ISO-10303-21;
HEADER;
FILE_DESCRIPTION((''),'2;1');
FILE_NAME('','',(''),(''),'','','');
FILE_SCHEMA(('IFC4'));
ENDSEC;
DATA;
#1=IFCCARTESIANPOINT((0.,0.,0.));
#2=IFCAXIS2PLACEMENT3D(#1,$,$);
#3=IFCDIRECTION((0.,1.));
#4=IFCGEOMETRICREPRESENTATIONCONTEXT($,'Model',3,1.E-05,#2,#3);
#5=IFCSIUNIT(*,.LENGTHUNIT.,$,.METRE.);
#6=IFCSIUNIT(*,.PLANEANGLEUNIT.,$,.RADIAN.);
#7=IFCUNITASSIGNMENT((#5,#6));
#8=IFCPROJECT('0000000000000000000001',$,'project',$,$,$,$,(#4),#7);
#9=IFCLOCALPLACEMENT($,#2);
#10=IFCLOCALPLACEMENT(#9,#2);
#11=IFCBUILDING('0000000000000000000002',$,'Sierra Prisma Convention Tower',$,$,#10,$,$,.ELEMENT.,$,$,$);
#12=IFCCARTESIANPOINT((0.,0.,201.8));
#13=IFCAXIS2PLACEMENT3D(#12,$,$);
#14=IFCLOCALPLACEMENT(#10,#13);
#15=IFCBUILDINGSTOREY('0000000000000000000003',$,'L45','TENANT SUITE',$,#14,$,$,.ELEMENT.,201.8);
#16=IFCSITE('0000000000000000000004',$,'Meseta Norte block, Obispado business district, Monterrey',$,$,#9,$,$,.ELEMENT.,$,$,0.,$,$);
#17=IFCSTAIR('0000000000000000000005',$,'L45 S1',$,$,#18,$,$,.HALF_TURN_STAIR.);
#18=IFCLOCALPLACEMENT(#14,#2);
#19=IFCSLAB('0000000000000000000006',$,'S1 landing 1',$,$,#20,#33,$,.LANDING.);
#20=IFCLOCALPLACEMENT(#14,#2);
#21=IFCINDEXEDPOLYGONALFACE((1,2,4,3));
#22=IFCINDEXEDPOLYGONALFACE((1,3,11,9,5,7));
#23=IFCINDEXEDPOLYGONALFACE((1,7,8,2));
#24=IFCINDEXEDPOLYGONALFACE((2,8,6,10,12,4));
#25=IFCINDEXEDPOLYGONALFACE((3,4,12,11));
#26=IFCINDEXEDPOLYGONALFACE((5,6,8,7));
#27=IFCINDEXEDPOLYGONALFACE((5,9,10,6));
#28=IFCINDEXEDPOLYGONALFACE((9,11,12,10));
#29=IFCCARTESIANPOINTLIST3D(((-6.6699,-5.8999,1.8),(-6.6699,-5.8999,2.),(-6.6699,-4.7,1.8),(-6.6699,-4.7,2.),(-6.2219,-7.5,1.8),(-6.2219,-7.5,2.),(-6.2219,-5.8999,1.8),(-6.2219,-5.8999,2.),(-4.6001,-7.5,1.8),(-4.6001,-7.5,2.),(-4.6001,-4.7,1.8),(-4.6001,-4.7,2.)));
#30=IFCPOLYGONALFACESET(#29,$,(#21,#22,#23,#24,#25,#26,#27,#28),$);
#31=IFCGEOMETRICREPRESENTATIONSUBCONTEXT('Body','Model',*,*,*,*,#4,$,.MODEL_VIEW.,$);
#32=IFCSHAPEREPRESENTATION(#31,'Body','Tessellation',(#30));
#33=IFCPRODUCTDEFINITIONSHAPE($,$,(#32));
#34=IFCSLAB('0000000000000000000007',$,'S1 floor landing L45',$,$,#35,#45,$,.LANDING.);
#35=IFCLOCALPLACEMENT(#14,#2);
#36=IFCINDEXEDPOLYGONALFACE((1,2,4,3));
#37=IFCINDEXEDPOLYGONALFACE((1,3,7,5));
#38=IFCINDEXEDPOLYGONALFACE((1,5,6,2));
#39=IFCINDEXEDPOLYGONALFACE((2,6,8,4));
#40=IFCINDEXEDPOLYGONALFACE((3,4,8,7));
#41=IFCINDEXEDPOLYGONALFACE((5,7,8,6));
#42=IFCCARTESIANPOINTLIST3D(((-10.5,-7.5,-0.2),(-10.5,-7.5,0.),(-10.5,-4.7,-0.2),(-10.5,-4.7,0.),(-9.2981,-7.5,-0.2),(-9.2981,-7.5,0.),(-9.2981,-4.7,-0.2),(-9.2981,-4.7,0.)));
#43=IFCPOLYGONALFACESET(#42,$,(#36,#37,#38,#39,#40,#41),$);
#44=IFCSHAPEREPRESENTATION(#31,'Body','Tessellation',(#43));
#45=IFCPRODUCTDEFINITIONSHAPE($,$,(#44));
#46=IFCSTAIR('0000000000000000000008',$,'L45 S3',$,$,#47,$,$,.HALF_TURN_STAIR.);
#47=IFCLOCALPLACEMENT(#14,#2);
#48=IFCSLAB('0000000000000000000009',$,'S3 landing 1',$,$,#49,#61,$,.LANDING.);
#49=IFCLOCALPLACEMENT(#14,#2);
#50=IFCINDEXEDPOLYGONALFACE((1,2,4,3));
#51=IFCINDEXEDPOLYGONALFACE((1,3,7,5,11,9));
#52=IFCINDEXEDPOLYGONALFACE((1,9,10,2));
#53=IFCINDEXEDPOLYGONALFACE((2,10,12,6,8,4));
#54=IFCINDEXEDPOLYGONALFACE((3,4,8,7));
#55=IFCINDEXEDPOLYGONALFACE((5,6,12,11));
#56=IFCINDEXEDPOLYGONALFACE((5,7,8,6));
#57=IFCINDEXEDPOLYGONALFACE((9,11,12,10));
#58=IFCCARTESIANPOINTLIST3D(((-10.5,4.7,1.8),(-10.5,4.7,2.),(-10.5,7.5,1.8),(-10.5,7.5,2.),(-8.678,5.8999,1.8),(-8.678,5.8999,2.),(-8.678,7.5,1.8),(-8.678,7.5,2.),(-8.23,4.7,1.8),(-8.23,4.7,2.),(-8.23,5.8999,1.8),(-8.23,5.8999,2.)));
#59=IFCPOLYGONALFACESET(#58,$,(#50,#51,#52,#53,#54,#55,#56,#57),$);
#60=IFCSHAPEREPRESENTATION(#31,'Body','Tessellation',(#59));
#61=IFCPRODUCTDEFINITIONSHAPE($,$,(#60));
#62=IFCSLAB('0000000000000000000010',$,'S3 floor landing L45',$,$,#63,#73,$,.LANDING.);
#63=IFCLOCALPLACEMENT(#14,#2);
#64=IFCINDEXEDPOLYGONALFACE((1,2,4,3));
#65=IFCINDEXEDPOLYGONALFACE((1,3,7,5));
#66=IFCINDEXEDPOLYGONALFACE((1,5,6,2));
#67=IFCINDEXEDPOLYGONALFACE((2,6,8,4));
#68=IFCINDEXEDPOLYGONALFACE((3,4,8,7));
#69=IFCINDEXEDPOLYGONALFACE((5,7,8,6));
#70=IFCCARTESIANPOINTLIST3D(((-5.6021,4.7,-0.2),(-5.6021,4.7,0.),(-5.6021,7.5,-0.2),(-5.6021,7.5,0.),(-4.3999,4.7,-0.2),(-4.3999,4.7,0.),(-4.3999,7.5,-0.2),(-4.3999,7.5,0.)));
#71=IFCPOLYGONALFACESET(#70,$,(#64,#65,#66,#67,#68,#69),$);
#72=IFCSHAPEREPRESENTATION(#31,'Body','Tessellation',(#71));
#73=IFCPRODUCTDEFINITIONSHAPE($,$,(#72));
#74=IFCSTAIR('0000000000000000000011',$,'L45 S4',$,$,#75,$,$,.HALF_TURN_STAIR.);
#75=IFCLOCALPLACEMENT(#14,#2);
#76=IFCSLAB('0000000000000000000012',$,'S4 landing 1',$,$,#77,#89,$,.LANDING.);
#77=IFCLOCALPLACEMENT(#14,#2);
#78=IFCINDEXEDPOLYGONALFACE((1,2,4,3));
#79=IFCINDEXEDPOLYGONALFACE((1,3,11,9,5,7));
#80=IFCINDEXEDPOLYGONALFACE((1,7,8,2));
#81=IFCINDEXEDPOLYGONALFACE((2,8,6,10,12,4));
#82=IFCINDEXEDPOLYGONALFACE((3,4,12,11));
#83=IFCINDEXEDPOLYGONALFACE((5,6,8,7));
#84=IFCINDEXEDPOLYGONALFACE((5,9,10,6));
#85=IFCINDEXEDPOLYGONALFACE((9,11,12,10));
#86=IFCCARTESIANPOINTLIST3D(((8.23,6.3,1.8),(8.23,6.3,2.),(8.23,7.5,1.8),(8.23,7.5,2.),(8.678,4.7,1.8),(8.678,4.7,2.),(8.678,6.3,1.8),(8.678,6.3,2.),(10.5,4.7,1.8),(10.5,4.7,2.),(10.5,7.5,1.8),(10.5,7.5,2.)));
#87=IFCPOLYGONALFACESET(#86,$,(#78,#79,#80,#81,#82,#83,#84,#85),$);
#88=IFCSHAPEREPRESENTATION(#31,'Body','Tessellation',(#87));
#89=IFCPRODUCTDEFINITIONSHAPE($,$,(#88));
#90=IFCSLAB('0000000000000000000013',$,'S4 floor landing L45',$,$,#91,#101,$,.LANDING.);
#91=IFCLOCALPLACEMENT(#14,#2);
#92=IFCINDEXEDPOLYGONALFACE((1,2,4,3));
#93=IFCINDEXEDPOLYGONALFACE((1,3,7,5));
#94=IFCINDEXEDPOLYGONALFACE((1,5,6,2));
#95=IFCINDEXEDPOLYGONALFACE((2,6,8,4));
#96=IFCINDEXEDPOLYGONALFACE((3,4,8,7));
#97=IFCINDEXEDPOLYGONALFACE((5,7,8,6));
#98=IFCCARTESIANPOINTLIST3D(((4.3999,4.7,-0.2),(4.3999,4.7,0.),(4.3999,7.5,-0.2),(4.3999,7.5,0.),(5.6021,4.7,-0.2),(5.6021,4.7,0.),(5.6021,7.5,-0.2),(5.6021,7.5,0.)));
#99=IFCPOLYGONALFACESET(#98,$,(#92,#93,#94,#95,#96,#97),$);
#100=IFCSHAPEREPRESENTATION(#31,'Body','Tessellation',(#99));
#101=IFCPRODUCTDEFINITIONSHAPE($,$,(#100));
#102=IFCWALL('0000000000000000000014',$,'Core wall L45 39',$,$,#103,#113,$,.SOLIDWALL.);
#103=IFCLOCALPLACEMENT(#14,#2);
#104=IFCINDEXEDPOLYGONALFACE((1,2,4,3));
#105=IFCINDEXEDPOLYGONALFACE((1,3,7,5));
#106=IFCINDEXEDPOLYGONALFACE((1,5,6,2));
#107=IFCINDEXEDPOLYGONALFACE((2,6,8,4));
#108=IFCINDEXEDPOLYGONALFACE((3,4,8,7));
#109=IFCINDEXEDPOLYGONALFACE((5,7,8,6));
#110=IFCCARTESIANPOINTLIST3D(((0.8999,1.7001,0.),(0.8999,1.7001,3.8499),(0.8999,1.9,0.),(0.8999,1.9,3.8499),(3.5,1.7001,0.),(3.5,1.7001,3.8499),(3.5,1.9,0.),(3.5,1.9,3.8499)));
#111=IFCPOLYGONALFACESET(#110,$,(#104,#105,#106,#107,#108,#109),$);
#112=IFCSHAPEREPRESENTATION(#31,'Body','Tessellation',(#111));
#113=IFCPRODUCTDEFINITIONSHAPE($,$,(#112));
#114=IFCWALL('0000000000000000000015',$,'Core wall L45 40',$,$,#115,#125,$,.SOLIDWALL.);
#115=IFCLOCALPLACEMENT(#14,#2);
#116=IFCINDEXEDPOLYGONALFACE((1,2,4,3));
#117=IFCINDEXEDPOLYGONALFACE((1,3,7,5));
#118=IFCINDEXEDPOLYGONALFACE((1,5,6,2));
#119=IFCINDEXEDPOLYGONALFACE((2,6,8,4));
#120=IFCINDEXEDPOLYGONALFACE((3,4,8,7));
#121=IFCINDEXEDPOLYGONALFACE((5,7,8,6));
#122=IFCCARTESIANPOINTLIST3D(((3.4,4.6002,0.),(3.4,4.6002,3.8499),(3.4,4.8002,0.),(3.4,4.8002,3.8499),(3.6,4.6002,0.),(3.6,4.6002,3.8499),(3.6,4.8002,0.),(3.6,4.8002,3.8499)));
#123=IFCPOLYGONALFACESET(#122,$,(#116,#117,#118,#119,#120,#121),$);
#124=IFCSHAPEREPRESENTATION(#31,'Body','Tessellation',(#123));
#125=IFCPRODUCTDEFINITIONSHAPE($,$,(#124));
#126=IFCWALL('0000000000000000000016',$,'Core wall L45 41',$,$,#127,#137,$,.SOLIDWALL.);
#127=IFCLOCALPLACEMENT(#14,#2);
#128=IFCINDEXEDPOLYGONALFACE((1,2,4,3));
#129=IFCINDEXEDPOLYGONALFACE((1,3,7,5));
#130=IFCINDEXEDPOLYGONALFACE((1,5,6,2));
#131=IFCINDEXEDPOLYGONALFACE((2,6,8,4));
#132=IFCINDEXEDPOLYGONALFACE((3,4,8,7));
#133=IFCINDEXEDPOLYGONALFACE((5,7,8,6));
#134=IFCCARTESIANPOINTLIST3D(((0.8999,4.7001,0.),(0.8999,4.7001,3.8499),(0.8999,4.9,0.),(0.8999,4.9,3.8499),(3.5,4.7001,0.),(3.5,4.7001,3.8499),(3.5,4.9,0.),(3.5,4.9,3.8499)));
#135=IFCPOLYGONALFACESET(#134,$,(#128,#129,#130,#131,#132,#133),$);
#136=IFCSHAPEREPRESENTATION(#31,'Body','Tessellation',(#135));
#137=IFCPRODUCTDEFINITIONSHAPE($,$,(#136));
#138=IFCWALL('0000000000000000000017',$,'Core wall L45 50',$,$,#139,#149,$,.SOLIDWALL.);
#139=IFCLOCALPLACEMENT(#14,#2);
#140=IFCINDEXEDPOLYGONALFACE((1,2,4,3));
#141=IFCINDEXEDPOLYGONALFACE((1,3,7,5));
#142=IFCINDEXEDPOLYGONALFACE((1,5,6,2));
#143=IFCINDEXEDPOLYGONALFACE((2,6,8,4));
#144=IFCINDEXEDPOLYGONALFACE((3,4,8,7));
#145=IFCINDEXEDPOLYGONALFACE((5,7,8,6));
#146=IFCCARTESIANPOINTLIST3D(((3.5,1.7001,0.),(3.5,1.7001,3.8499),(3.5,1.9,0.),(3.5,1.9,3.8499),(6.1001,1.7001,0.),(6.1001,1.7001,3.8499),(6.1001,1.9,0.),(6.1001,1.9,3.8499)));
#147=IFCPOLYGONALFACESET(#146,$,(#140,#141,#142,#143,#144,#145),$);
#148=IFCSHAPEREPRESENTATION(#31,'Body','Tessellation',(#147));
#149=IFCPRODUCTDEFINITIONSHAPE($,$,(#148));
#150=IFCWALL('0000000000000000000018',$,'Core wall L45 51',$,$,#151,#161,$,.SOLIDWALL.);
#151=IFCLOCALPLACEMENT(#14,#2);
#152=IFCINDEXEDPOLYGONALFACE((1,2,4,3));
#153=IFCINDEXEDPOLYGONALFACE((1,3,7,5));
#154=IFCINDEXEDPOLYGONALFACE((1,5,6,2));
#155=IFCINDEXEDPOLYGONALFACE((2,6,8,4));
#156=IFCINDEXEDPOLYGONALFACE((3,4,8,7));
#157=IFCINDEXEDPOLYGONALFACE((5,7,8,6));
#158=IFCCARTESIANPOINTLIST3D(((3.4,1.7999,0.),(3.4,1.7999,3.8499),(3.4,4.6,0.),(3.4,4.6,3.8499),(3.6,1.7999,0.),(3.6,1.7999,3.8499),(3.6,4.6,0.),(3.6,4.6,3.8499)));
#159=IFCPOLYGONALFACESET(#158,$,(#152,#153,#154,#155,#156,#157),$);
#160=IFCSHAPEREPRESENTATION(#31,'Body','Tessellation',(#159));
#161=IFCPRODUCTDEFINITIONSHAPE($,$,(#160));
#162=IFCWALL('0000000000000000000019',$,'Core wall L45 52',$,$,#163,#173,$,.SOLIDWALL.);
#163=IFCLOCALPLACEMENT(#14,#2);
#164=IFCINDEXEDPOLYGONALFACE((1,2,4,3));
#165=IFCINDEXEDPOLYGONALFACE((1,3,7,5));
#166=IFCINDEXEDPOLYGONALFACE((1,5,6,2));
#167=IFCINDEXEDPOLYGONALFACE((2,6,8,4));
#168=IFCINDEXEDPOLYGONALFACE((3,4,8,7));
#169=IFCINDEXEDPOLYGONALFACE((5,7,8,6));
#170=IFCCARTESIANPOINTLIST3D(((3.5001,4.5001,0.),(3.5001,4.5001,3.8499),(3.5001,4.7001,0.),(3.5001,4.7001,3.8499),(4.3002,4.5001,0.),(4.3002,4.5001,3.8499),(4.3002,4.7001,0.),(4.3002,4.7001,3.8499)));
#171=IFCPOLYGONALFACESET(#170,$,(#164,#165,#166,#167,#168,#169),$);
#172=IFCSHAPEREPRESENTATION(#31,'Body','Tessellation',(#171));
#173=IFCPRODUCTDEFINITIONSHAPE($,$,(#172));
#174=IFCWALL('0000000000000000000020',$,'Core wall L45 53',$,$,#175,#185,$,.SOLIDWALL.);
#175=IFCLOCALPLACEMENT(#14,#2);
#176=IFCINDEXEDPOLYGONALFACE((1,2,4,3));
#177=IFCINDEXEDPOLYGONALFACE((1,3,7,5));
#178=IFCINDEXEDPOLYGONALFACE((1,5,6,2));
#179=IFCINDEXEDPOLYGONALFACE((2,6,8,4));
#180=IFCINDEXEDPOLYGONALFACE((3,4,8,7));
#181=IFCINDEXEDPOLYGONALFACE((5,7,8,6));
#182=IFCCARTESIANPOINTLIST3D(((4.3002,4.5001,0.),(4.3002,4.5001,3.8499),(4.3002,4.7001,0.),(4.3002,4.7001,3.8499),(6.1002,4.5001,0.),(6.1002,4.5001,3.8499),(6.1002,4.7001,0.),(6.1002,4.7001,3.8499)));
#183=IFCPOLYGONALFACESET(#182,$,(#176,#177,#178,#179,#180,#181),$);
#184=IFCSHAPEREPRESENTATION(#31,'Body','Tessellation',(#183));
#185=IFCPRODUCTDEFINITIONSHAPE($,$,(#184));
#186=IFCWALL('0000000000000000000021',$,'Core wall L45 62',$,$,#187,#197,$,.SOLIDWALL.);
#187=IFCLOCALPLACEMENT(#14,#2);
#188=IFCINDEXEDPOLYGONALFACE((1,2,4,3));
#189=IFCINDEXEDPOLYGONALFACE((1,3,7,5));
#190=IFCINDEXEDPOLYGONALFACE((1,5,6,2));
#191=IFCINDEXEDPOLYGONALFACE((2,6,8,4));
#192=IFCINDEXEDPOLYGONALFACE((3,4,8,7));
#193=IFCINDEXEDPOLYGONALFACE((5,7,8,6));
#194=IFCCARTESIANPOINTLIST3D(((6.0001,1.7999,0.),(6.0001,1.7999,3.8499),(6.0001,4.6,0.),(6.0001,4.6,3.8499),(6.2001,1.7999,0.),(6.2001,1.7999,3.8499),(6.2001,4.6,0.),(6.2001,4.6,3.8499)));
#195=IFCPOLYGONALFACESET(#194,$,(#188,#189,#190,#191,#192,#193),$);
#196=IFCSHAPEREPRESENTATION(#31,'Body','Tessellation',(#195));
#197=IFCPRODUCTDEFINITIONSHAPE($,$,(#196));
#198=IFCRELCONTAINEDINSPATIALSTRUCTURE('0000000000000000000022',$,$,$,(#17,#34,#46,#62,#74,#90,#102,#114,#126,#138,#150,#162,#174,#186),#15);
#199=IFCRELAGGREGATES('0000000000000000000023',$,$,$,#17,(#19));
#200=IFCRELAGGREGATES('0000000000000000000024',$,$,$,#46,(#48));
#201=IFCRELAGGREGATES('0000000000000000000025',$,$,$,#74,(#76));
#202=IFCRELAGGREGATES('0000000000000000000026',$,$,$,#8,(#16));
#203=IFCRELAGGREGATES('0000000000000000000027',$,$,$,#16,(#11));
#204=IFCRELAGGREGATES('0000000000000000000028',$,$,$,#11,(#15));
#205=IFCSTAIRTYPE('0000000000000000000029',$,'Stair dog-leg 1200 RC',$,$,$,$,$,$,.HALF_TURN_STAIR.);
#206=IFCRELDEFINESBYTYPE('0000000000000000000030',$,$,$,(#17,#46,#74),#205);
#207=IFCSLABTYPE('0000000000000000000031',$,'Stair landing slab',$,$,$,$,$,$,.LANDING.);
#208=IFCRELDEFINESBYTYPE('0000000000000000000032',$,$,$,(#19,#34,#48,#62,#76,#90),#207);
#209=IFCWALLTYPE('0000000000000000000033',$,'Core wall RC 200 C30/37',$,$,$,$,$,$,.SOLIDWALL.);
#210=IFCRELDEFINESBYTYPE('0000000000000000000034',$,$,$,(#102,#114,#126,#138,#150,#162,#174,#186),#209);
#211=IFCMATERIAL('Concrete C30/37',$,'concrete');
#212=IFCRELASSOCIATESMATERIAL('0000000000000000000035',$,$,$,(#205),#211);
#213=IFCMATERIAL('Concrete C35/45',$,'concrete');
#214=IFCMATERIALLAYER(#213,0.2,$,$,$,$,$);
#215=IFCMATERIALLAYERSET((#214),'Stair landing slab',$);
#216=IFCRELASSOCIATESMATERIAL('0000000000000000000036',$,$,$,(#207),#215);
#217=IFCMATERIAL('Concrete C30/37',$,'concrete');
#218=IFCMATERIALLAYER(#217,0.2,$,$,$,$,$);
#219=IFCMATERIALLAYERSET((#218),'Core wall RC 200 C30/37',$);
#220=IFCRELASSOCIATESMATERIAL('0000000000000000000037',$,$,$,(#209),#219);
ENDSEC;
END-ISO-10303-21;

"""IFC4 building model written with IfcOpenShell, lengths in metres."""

from ifc_helpers import new_model, si_unit, direction, frame, frame_2d, origin, place, context, subcontext, project, spatial, polyline, rectangle, outline, extrude, material, layer, layer_set, type_object, element, aggregate, save


model = new_model("IFC4")

# Units and contexts
model_context = context("Model", 3, precision=1e-05, world=origin(), true_north=direction((0.0, 1.0)))
body_context = subcontext(model_context, "Body", "Model", "MODEL_VIEW")
ifc_project = project(units=[si_unit("LENGTHUNIT", "METRE"), si_unit("PLANEANGLEUNIT", "RADIAN")], contexts=[model_context])

# Site, building, storey
site_placement = place(None, origin())
site = spatial("IfcSite", under=ifc_project, at=site_placement, Name="Meseta Norte block, Obispado business district, Monterrey", CompositionType="ELEMENT", RefElevation=0.0)
building_placement = place(site_placement, origin())
building = spatial("IfcBuilding", under=site, at=building_placement, Name="Sierra Prisma Convention Tower", CompositionType="ELEMENT")
storey_placement = place(building_placement, frame((0.0, 0.0, 201.8)))
storey = spatial("IfcBuildingStorey", under=building, at=storey_placement, Name="L45", Description="TENANT SUITE", CompositionType="ELEMENT", Elevation=201.8)

# Stair, slab
ifc_material_1 = material(Name="Concrete C30/37", Category="concrete")
stair_type = type_object("IfcStairType", Name="Stair dog-leg 1200 RC", PredefinedType="HALF_TURN_STAIR", material=ifc_material_1)
stair_1_placement = place(storey_placement, origin())
stair_1 = element("IfcStair", 1, at=stair_1_placement, inside=storey, type_object=stair_type, Name="L45 S1", PredefinedType="HALF_TURN_STAIR")
ifc_material_2 = material(Name="Concrete C35/45", Category="concrete")
ifc_layer_1 = layer(ifc_material_2, 0.2)
ifc_layer_set_1 = layer_set([ifc_layer_1], Name="Stair landing slab")
slab_type = type_object("IfcSlabType", Name="Stair landing slab", PredefinedType="LANDING", material=ifc_layer_set_1)
slab_1_placement = place(storey_placement, frame((0.0, 0.0, 1.8)))
slab_1 = element("IfcSlab", 2, at=slab_1_placement, type_object=slab_type, Name="S1 landing 1", PredefinedType="LANDING", context=body_context, shape_type="SweptSolid", body=[
    extrude(outline(polyline([(-4.6001, -4.7), (-4.6001, -7.5), (-6.2219, -7.5), (-6.2219, -5.8999), (-6.6699, -5.8999), (-6.6699, -4.7), (-4.6001, -4.7)])), origin(), (0.0, 0.0, 1.0), 0.2),
])
aggregate(stair_1, [slab_1])

# Slab
slab_2_placement = place(storey_placement, frame((0.0, 0.0, -0.2)))
element("IfcSlab", 3, at=slab_2_placement, inside=storey, type_object=slab_type, Name="S1 floor landing L45", PredefinedType="LANDING", context=body_context, shape_type="SweptSolid", body=[
    extrude(outline(polyline([(-10.5, -7.5), (-9.2981, -7.5), (-9.2981, -4.7), (-10.5, -4.7), (-10.5, -7.5)])), origin(), (0.0, 0.0, 1.0), 0.2),
])

# Stair, slab
stair_2_placement = place(storey_placement, origin())
stair_2 = element("IfcStair", 4, at=stair_2_placement, inside=storey, type_object=stair_type, Name="L45 S3", PredefinedType="HALF_TURN_STAIR")
slab_3_placement = place(storey_placement, frame((0.0, 0.0, 1.8)))
slab_3 = element("IfcSlab", 5, at=slab_3_placement, type_object=slab_type, Name="S3 landing 1", PredefinedType="LANDING", context=body_context, shape_type="SweptSolid", body=[
    extrude(outline(polyline([(-8.23, 5.8999), (-8.23, 4.7), (-10.5, 4.7), (-10.5, 7.5), (-8.678, 7.5), (-8.678, 5.8999), (-8.23, 5.8999)])), origin(), (0.0, 0.0, 1.0), 0.2),
])
aggregate(stair_2, [slab_3])

# Slab
slab_4_placement = place(storey_placement, frame((0.0, 0.0, -0.2)))
element("IfcSlab", 6, at=slab_4_placement, inside=storey, type_object=slab_type, Name="S3 floor landing L45", PredefinedType="LANDING", context=body_context, shape_type="SweptSolid", body=[
    extrude(outline(polyline([(-4.3999, 7.5), (-5.6021, 7.5), (-5.6021, 4.7), (-4.3999, 4.7), (-4.3999, 7.5)])), origin(), (0.0, 0.0, 1.0), 0.2),
])

# Stair, slab
stair_3_placement = place(storey_placement, origin())
stair_3 = element("IfcStair", 7, at=stair_3_placement, inside=storey, type_object=stair_type, Name="L45 S4", PredefinedType="HALF_TURN_STAIR")
slab_5_placement = place(storey_placement, frame((0.0, 0.0, 1.8)))
slab_5 = element("IfcSlab", 8, at=slab_5_placement, type_object=slab_type, Name="S4 landing 1", PredefinedType="LANDING", context=body_context, shape_type="SweptSolid", body=[
    extrude(outline(polyline([(10.5, 7.5), (10.5, 4.7), (8.678, 4.7), (8.678, 6.3), (8.23, 6.3), (8.23, 7.5), (10.5, 7.5)])), origin(), (0.0, 0.0, 1.0), 0.2),
])

# Slab
slab_6_placement = place(storey_placement, frame((0.0, 0.0, -0.2)))
element("IfcSlab", 9, at=slab_6_placement, inside=storey, type_object=slab_type, Name="S4 floor landing L45", PredefinedType="LANDING", context=body_context, shape_type="SweptSolid", body=[
    extrude(outline(polyline([(4.3999, 4.7), (5.6021, 4.7), (5.6021, 7.5), (4.3999, 7.5), (4.3999, 4.7)])), origin(), (0.0, 0.0, 1.0), 0.2),
])

# Shared definitions
ifc_material_3 = material(Name="Concrete C30/37", Category="concrete")
ifc_layer_2 = layer(ifc_material_3, 0.2)
ifc_layer_set_2 = layer_set([ifc_layer_2], Name="Core wall RC 200 C30/37")
wall_type = type_object("IfcWallType", Name="Core wall RC 200 C30/37", PredefinedType="SOLIDWALL", material=ifc_layer_set_2)

# Walls
wall_1_placement = place(storey_placement, frame((3.5, 1.8, 0.0), z_axis=(0.0, 0.0, 1.0), x_axis=(-1.0, 0.0, 0.0)))
element("IfcWall", 10, at=wall_1_placement, inside=storey, type_object=wall_type, Name="Core wall L45 39", PredefinedType="SOLIDWALL", context=body_context, shape_type="SweptSolid", body=[
    extrude(rectangle(XDim=2.6001, YDim=0.2, at=frame_2d((1.3, 0.0))), origin(), (0.0, 0.0, 1.0), 3.8499),
])
wall_2_placement = place(storey_placement, frame((3.5, 4.6001, 0.0), z_axis=(0.0, 0.0, 1.0), x_axis=(0.0, 1.0, 0.0)))
element("IfcWall", 11, at=wall_2_placement, inside=storey, type_object=wall_type, Name="Core wall L45 40", PredefinedType="SOLIDWALL", context=body_context, shape_type="SweptSolid", body=[
    extrude(rectangle(XDim=0.2, YDim=0.2, at=frame_2d((0.1001, 0.0))), origin(), (0.0, 0.0, 1.0), 3.8499),
])
wall_3_placement = place(storey_placement, frame((3.5, 4.8, 0.0), z_axis=(0.0, 0.0, 1.0), x_axis=(-1.0, 0.0, 0.0)))
element("IfcWall", 12, at=wall_3_placement, inside=storey, type_object=wall_type, Name="Core wall L45 41", PredefinedType="SOLIDWALL", context=body_context, shape_type="SweptSolid", body=[
    extrude(rectangle(XDim=2.6001, YDim=0.2, at=frame_2d((1.3, 0.0))), origin(), (0.0, 0.0, 1.0), 3.8499),
])

# Walls
wall_4_placement = place(storey_placement, frame((6.1001, 1.8, 0.0), z_axis=(0.0, 0.0, 1.0), x_axis=(-1.0, 0.0, 0.0)))
element("IfcWall", 13, at=wall_4_placement, inside=storey, type_object=wall_type, Name="Core wall L45 50", PredefinedType="SOLIDWALL", context=body_context, shape_type="SweptSolid", body=[
    extrude(rectangle(XDim=2.6001, YDim=0.2, at=frame_2d((1.3, 0.0))), origin(), (0.0, 0.0, 1.0), 3.8499),
])
wall_5_placement = place(storey_placement, frame((3.5, 1.8, 0.0), z_axis=(0.0, 0.0, 1.0), x_axis=(0.0, 1.0, 0.0)))
element("IfcWall", 14, at=wall_5_placement, inside=storey, type_object=wall_type, Name="Core wall L45 51", PredefinedType="SOLIDWALL", context=body_context, shape_type="SweptSolid", body=[
    extrude(rectangle(XDim=2.8, YDim=0.2, at=frame_2d((1.3999, 0.0))), origin(), (0.0, 0.0, 1.0), 3.8499),
])
wall_6_placement = place(storey_placement, frame((4.3, 4.6001, 0.0), z_axis=(0.0, 0.0, 1.0), x_axis=(-1.0, 0.0, 0.0)))
element("IfcWall", 15, at=wall_6_placement, inside=storey, type_object=wall_type, Name="Core wall L45 52", PredefinedType="SOLIDWALL", context=body_context, shape_type="SweptSolid", body=[
    extrude(rectangle(XDim=0.8, YDim=0.2, at=frame_2d((0.3999, 0.0))), origin(), (0.0, 0.0, 1.0), 3.8499),
])
wall_7_placement = place(storey_placement, frame((6.1001, 4.6001, 0.0), z_axis=(0.0, 0.0, 1.0), x_axis=(-1.0, 0.0, 0.0)))
element("IfcWall", 16, at=wall_7_placement, inside=storey, type_object=wall_type, Name="Core wall L45 53", PredefinedType="SOLIDWALL", context=body_context, shape_type="SweptSolid", body=[
    extrude(rectangle(XDim=1.8, YDim=0.2, at=frame_2d((0.8999, 0.0))), origin(), (0.0, 0.0, 1.0), 3.8499),
])

# Wall
wall_8_placement = place(storey_placement, frame((6.1001, 1.8, 0.0), z_axis=(0.0, 0.0, 1.0), x_axis=(0.0, 1.0, 0.0)))
element("IfcWall", 17, at=wall_8_placement, inside=storey, type_object=wall_type, Name="Core wall L45 62", PredefinedType="SOLIDWALL", context=body_context, shape_type="SweptSolid", body=[
    extrude(rectangle(XDim=2.8, YDim=0.2, at=frame_2d((1.3999, 0.0))), origin(), (0.0, 0.0, 1.0), 3.8499),
])

aggregate(stair_3, [slab_5])

save(model, "model.ifc")
